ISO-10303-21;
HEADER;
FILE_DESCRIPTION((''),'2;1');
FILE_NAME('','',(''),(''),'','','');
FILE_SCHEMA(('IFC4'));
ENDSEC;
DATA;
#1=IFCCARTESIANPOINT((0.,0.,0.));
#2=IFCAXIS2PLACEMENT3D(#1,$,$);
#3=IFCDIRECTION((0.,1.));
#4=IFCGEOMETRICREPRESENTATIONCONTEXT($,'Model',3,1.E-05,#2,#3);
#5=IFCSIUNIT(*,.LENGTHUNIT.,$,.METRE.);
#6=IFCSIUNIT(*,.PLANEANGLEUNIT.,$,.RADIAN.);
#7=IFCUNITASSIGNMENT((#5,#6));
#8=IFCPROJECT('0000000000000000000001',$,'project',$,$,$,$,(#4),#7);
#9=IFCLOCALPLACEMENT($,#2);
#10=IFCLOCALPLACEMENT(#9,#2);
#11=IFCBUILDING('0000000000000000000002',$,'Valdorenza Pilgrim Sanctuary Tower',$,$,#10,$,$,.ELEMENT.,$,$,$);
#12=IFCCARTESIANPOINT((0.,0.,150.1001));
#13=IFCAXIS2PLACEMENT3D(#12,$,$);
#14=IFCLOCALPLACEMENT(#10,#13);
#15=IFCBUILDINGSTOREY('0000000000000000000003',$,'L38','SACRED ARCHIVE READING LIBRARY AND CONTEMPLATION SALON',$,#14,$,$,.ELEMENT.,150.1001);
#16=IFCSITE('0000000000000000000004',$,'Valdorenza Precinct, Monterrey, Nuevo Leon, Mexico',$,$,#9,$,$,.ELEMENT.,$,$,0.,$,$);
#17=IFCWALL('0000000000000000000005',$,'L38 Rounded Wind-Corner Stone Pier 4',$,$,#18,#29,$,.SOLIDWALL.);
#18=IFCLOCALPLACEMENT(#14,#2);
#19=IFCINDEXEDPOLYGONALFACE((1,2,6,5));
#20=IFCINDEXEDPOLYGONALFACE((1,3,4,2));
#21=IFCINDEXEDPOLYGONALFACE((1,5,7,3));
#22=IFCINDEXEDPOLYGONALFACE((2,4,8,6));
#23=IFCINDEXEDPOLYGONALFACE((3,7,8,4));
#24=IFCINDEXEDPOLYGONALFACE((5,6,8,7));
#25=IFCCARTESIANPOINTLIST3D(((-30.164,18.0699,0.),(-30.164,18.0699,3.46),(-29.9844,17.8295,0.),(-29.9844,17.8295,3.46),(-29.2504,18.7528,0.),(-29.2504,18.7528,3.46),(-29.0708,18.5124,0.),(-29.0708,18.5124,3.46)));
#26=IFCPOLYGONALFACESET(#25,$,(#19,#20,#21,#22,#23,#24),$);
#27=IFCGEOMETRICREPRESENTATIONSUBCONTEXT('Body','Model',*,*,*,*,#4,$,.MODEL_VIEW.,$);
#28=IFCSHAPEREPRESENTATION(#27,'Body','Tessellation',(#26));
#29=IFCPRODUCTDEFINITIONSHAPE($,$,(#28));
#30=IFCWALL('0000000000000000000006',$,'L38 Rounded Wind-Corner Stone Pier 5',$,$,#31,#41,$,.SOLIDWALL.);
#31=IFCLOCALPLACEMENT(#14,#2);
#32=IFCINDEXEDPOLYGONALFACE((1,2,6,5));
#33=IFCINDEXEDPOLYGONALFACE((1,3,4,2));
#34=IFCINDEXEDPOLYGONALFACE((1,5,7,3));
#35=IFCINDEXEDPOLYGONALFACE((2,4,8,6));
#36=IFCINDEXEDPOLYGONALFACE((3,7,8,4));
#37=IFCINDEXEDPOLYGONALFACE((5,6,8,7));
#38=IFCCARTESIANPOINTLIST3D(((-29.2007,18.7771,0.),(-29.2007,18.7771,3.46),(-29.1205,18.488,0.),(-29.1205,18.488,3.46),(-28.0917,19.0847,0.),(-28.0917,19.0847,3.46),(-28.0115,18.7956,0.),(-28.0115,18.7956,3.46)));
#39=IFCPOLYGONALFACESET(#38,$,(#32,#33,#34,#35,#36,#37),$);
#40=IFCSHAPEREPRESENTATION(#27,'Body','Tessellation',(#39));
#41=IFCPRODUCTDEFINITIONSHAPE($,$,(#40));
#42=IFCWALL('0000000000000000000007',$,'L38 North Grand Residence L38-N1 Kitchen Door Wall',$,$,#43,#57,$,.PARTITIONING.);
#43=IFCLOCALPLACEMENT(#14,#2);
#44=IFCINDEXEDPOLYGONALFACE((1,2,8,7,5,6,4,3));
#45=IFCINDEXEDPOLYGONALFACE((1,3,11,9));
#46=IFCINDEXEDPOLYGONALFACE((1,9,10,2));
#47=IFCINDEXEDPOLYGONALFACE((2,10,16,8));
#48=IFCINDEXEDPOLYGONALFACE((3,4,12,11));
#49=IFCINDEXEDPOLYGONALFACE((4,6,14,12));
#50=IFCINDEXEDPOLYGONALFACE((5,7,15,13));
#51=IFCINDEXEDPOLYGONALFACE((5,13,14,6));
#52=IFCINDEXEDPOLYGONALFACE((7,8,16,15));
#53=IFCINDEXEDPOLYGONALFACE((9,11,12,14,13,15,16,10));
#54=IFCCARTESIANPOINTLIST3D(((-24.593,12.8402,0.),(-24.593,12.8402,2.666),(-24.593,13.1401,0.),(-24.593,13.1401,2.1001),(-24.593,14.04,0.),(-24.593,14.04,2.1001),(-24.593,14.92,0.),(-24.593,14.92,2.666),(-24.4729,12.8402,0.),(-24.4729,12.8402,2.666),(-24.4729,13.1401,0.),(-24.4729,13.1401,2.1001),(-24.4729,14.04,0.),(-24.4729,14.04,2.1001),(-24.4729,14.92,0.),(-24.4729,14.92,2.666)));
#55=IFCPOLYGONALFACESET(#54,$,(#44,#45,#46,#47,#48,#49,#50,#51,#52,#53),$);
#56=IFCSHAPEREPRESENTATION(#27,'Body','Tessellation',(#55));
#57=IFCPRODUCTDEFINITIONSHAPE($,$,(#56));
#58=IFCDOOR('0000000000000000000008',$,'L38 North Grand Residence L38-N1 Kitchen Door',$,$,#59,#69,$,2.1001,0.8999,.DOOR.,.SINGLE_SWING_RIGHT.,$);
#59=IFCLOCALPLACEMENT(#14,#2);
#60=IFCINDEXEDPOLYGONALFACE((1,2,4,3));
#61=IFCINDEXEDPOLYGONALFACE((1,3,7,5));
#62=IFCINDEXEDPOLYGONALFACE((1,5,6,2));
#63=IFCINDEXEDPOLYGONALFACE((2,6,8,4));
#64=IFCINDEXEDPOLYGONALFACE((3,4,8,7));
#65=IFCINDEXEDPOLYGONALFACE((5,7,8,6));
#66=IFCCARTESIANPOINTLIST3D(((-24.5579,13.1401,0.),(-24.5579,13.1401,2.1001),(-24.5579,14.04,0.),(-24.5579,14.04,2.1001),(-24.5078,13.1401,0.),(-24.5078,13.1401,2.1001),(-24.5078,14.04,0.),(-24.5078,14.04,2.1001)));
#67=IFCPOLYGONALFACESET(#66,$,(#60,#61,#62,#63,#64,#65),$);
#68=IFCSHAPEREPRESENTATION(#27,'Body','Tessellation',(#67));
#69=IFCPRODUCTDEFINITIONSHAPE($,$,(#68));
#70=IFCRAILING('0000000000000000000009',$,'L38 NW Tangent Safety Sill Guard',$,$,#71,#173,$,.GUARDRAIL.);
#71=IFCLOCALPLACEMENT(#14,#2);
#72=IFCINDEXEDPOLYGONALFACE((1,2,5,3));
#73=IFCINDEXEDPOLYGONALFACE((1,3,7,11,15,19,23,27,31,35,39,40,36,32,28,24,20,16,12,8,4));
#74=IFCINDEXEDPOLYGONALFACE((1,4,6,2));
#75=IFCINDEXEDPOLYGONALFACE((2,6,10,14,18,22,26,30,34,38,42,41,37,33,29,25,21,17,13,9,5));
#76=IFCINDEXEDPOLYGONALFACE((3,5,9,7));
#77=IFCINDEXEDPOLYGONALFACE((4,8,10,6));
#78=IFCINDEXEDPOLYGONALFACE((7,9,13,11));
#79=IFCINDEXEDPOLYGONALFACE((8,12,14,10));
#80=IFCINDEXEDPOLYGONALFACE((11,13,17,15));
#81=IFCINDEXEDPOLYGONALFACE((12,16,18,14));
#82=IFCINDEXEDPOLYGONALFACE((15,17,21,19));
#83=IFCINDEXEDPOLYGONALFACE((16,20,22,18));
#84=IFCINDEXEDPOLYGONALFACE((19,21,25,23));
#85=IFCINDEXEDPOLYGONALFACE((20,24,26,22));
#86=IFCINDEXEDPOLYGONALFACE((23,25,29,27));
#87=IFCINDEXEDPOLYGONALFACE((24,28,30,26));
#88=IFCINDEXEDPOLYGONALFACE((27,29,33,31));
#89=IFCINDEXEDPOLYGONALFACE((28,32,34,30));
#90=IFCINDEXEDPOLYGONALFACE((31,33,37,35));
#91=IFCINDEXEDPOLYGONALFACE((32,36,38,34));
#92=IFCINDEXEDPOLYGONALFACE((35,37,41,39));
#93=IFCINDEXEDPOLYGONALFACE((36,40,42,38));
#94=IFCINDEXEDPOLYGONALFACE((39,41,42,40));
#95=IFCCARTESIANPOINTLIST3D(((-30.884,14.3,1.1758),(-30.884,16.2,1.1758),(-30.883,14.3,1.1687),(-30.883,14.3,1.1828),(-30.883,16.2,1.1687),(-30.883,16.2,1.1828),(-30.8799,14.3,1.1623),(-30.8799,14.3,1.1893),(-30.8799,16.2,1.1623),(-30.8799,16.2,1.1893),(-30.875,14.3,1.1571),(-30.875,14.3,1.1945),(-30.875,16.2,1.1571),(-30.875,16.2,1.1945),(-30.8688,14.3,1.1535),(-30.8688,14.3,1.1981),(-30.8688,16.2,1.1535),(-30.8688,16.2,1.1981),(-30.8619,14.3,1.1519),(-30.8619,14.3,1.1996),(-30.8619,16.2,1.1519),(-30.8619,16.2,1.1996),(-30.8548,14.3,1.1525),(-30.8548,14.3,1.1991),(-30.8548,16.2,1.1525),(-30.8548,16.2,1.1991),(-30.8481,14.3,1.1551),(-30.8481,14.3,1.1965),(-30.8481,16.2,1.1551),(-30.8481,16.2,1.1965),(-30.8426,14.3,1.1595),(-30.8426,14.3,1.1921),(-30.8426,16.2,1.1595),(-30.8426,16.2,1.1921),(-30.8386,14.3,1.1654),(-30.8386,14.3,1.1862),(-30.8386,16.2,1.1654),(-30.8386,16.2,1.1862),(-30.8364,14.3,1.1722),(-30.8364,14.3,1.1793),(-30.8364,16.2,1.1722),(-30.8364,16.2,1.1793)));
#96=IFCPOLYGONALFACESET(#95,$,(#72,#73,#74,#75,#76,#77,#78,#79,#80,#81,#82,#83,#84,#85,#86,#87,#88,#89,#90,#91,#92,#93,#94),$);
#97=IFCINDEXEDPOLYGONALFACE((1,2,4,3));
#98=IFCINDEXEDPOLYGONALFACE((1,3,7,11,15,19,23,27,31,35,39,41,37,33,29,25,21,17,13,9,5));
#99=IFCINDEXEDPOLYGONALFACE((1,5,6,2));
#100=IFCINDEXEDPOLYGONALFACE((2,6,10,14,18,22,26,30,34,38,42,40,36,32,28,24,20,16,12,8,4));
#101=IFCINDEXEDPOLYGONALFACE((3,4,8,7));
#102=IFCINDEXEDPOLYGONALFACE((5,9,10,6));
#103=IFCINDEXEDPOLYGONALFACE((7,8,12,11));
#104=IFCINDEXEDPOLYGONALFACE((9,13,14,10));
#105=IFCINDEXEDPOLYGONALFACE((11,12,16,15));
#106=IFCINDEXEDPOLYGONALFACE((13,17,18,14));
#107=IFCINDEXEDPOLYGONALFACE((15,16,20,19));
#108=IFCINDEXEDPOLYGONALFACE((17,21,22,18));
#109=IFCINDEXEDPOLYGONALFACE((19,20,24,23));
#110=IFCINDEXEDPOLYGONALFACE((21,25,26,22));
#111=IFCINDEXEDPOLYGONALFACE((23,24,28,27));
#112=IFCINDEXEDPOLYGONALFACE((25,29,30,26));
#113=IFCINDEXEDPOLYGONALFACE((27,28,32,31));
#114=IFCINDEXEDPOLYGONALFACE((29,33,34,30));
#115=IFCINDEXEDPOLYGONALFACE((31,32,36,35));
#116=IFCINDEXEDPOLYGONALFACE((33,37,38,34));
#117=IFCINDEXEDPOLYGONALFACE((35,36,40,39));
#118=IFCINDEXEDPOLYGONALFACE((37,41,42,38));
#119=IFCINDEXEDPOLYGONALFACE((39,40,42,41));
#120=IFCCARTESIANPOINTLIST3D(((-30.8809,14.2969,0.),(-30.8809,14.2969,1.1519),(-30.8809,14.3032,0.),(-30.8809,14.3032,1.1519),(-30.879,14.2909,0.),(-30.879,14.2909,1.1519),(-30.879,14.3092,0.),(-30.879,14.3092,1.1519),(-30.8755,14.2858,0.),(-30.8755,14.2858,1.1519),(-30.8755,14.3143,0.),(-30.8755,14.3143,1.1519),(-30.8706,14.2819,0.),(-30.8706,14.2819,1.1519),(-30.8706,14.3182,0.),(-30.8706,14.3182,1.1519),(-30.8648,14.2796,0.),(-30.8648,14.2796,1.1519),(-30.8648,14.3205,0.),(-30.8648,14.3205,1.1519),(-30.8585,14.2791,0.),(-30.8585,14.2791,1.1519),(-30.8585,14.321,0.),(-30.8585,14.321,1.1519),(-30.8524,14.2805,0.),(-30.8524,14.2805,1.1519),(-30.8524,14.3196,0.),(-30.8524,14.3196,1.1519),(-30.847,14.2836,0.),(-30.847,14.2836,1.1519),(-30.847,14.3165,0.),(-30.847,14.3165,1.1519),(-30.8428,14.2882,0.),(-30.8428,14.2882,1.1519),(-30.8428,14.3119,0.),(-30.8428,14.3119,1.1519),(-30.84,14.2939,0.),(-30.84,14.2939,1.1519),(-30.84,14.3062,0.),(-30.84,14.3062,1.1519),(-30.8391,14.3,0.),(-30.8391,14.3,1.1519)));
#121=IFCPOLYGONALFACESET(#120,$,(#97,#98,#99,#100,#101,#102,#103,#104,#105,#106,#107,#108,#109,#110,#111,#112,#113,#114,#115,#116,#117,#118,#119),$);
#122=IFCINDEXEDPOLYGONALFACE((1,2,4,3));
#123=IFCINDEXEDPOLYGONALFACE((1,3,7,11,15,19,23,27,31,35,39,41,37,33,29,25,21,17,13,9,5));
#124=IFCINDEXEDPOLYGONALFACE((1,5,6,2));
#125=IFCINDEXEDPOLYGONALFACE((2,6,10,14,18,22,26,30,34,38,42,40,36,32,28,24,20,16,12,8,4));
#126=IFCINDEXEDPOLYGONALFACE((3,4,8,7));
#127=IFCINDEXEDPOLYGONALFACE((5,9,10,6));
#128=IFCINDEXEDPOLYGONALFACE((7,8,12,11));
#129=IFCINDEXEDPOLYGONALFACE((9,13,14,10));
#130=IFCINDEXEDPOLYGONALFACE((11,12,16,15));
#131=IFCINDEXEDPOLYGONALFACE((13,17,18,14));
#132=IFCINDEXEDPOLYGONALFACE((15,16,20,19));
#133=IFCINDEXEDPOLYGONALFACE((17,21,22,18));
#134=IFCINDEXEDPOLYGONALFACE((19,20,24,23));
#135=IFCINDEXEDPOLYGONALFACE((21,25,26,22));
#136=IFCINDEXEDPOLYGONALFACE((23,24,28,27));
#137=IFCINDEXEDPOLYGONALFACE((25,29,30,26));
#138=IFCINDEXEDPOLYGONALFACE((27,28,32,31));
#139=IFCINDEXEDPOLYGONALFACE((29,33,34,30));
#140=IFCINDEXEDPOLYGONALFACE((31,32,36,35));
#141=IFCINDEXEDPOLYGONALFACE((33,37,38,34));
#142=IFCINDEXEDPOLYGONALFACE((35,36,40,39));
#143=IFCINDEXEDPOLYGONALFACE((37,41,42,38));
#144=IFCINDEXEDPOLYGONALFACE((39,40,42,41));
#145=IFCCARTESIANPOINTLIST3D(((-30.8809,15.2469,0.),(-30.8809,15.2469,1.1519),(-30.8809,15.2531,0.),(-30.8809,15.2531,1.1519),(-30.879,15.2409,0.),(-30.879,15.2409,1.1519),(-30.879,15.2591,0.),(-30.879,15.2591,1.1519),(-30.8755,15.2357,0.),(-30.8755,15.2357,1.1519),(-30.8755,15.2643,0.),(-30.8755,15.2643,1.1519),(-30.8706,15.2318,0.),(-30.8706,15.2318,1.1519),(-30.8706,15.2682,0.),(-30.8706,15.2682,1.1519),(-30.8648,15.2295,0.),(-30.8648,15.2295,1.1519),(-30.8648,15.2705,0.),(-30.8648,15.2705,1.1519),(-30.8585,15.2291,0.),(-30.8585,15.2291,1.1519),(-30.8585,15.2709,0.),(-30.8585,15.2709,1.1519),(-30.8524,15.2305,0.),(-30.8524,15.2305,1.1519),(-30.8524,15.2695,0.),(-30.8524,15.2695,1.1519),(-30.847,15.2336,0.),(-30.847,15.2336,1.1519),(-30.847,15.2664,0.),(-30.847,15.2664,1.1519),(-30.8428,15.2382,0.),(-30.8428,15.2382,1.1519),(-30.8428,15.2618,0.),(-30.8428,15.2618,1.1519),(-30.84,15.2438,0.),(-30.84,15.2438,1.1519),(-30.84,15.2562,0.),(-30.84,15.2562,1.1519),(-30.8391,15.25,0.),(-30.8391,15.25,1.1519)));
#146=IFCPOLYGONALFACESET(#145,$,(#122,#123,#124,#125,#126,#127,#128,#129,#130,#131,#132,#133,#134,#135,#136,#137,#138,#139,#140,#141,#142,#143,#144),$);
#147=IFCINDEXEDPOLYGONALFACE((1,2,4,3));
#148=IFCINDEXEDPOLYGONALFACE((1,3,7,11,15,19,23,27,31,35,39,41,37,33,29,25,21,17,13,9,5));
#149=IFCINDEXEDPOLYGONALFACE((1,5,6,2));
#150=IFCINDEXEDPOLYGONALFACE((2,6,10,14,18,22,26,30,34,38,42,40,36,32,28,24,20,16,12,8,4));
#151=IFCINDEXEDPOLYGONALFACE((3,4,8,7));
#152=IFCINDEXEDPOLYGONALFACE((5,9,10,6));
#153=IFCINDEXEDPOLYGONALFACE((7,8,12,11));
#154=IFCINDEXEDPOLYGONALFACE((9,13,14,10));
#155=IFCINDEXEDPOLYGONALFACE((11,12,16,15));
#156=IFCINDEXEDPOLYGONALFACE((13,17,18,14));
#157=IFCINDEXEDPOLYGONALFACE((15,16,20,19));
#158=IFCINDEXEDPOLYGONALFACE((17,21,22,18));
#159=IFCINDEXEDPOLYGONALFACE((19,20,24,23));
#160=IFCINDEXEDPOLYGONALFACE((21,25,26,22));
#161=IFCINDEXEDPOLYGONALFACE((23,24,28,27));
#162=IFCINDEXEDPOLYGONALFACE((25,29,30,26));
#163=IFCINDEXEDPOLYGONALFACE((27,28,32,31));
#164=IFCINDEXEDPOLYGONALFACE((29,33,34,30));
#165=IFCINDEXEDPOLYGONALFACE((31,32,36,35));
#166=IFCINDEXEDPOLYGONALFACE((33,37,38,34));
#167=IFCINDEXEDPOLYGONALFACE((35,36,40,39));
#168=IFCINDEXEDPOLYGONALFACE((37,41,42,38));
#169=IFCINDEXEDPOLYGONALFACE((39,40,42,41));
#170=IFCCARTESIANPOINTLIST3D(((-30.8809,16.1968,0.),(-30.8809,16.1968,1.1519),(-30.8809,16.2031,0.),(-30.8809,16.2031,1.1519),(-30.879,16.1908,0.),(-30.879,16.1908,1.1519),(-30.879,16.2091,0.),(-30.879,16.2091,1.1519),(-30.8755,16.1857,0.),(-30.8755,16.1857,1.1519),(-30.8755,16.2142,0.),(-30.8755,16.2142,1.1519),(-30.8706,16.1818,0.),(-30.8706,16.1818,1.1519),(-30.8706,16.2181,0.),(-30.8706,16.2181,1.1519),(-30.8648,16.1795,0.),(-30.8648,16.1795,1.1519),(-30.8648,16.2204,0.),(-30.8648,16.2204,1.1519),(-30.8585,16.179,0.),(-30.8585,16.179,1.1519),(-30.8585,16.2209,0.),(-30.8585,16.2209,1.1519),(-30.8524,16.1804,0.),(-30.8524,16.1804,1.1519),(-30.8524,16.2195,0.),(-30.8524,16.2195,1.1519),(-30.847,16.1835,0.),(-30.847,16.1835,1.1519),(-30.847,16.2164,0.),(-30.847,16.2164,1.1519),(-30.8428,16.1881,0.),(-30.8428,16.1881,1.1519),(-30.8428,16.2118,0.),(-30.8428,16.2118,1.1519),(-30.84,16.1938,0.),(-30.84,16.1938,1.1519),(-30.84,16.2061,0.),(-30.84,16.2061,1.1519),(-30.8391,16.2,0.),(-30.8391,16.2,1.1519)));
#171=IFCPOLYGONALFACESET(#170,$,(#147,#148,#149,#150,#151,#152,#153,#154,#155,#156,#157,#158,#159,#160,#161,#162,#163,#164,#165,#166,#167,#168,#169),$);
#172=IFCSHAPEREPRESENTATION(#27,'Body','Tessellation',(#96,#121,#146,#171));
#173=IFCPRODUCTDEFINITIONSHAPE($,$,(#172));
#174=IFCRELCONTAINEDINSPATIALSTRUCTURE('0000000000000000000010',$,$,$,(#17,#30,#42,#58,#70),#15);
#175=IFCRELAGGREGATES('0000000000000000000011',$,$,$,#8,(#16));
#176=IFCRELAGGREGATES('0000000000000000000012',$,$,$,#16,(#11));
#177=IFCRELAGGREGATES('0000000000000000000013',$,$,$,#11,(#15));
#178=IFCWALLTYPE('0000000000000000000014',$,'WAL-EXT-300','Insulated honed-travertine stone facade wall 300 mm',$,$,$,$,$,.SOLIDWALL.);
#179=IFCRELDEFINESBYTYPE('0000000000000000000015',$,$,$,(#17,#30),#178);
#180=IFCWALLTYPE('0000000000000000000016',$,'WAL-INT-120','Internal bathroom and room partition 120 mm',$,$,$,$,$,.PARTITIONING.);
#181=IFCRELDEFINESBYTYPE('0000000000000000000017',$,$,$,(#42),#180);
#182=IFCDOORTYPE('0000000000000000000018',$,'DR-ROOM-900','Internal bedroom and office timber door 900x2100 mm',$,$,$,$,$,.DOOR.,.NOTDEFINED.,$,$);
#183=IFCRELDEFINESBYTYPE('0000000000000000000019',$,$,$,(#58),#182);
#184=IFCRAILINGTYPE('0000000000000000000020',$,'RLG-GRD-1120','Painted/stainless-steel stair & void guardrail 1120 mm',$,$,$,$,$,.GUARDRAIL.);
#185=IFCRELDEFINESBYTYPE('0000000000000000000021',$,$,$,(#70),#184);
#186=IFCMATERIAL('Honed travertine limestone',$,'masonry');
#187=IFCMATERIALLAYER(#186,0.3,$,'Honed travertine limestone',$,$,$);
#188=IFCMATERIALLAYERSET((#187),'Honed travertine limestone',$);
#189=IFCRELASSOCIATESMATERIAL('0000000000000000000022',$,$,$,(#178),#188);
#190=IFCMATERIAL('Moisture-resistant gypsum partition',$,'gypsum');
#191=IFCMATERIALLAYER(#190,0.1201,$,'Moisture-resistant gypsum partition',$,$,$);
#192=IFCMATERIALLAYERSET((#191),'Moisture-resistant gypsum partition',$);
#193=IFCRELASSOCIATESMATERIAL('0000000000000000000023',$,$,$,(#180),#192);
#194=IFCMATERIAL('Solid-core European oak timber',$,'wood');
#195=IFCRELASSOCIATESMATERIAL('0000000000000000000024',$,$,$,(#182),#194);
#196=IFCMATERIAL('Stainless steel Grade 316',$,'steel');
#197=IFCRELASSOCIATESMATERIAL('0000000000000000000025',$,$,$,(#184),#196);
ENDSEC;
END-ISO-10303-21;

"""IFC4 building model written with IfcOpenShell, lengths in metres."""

from ifc_helpers import new_model, si_unit, direction, frame, frame_2d, origin, origin_2d, place, context, subcontext, project, spatial, rectangle, circle, extrude, material, layer, layer_set, type_object, element, fill, save


model = new_model("IFC4")

# Units and contexts
model_context = context("Model", 3, precision=1e-05, world=origin(), true_north=direction((0.0, 1.0)))
body_context = subcontext(model_context, "Body", "Model", "MODEL_VIEW")
ifc_project = project(units=[si_unit("LENGTHUNIT", "METRE"), si_unit("PLANEANGLEUNIT", "RADIAN")], contexts=[model_context])

# Site, building, storey
site_placement = place(None, origin())
site = spatial("IfcSite", under=ifc_project, at=site_placement, Name="Valdorenza Precinct, Monterrey, Nuevo Leon, Mexico", CompositionType="ELEMENT", RefElevation=0.0)
building_placement = place(site_placement, origin())
building = spatial("IfcBuilding", under=site, at=building_placement, Name="Valdorenza Pilgrim Sanctuary Tower", CompositionType="ELEMENT")
storey_placement = place(building_placement, frame((0.0, 0.0, 150.1001)))
storey = spatial("IfcBuildingStorey", under=building, at=storey_placement, Name="L38", Description="SACRED ARCHIVE READING LIBRARY AND CONTEMPLATION SALON", CompositionType="ELEMENT", Elevation=150.1001)

# Shared definitions
ifc_material_1 = material(Name="Honed travertine limestone", Category="masonry")

# Shared definitions
ifc_material_2 = material(Name="Solid-core European oak timber", Category="wood")

# Walls
ifc_layer_1 = layer(ifc_material_1, 0.3, Name="Honed travertine limestone")
ifc_layer_set_1 = layer_set([ifc_layer_1], Name="Honed travertine limestone")
wall_type_1 = type_object("IfcWallType", Name="WAL-EXT-300", Description="Insulated honed-travertine stone facade wall 300 mm", PredefinedType="SOLIDWALL", material=ifc_layer_set_1)
wall_1_placement = place(storey_placement, frame((-30.0742, 17.9497, 0.0), z_axis=(0.0, 0.0, 1.0), x_axis=(0.800975, 0.598698, 0.0)))
element("IfcWall", 1, at=wall_1_placement, inside=storey, type_object=wall_type_1, Name="L38 Rounded Wind-Corner Stone Pier 4", PredefinedType="SOLIDWALL", context=body_context, shape_type="SweptSolid", body=[
    extrude(rectangle(XDim=1.1406, YDim=0.3, at=frame_2d((0.5703, 0.0))), origin(), (0.0, 0.0, 1.0), 3.46),
])
wall_2_placement = place(storey_placement, frame((-29.1606, 18.6326, 0.0), z_axis=(0.0, 0.0, 1.0), x_axis=(0.963624, 0.267261, 0.0)))
element("IfcWall", 2, at=wall_2_placement, inside=storey, type_object=wall_type_1, Name="L38 Rounded Wind-Corner Stone Pier 5", PredefinedType="SOLIDWALL", context=body_context, shape_type="SweptSolid", body=[
    extrude(rectangle(XDim=1.1509, YDim=0.3, at=frame_2d((0.5754, 0.0))), origin(), (0.0, 0.0, 1.0), 3.46),
])

# Wall, opening, door
ifc_material_3 = material(Name="Moisture-resistant gypsum partition", Category="gypsum")
ifc_layer_2 = layer(ifc_material_3, 0.1201, Name="Moisture-resistant gypsum partition")
ifc_layer_set_2 = layer_set([ifc_layer_2], Name="Moisture-resistant gypsum partition")
wall_type_2 = type_object("IfcWallType", Name="WAL-INT-120", Description="Internal bathroom and room partition 120 mm", PredefinedType="PARTITIONING", material=ifc_layer_set_2)
wall_3_placement = place(storey_placement, frame((-24.533, 12.8401, 0.0), z_axis=(0.0, 0.0, 1.0), x_axis=(0.0, 1.0, 0.0)))
wall_3 = element("IfcWall", 3, at=wall_3_placement, inside=storey, type_object=wall_type_2, Name="L38 North Grand Residence L38-N1 Kitchen Door Wall", PredefinedType="PARTITIONING", context=body_context, shape_type="SweptSolid", body=[
    extrude(rectangle(XDim=2.0798, YDim=0.1201, at=frame_2d((1.04, 0.0))), origin(), (0.0, 0.0, 1.0), 2.666),
])
opening_1_placement = place(wall_3_placement, frame((0.3, 0.0, 0.0)))
opening_1 = element("IfcOpeningElement", 4, at=opening_1_placement, cuts=wall_3, PredefinedType="OPENING", context=body_context, shape_type="SweptSolid", body=[
    extrude(rectangle(XDim=0.8999, YDim=2.1001, at=frame_2d((0.45, 1.05))), frame((0.0, 0.075, 0.0), z_axis=(0.0, -1.0, 0.0), x_axis=(1.0, 0.0, 0.0)), (0.0, 0.0, 1.0), 0.1499),
])
door_type_1 = type_object("IfcDoorType", Name="DR-ROOM-900", Description="Internal bedroom and office timber door 900x2100 mm", OperationType="NOTDEFINED", PredefinedType="DOOR", material=ifc_material_2)
door_1_placement = place(opening_1_placement, origin())
door_1 = element("IfcDoor", 5, at=door_1_placement, inside=storey, type_object=door_type_1, Name="L38 North Grand Residence L38-N1 Kitchen Door", OperationType="SINGLE_SWING_RIGHT", OverallHeight=2.1001, OverallWidth=0.8999, PredefinedType="DOOR", context=body_context, shape_type="SweptSolid", body=[
    extrude(rectangle(XDim=0.8999, YDim=2.1001, at=frame_2d((0.45, 1.05))), frame((0.0, 0.0249, 0.0), z_axis=(0.0, -1.0, 0.0), x_axis=(1.0, 0.0, 0.0)), (0.0, 0.0, 1.0), 0.05),
])
fill(opening_1, door_1)

# Railing
ifc_material_4 = material(Name="Stainless steel Grade 316", Category="steel")
railing_type = type_object("IfcRailingType", Name="RLG-GRD-1120", Description="Painted/stainless-steel stair & void guardrail 1120 mm", PredefinedType="GUARDRAIL", material=ifc_material_4)
railing_placement = place(storey_placement, frame((-30.8601, 14.3, 0.0)))
element("IfcRailing", 6, at=railing_placement, inside=storey, type_object=railing_type, Name="L38 NW Tangent Safety Sill Guard", PredefinedType="GUARDRAIL", context=body_context, shape_type="SweptSolid", body=[
    extrude(circle(Radius=0.0239, at=origin_2d()), frame((0.0, 0.0, 1.1758), z_axis=(0.0, 1.0, 0.0), x_axis=(-1.0, 0.0, 0.0)), (0.0, 0.0, 1.0), 1.8999),
    extrude(circle(Radius=0.021, at=origin_2d()), origin(), (0.0, 0.0, 1.0), 1.1519),
    extrude(circle(Radius=0.021, at=origin_2d()), frame((0.0, 0.95, 0.0)), (0.0, 0.0, 1.0), 1.1519),
    extrude(circle(Radius=0.021, at=origin_2d()), frame((0.0, 1.8999, 0.0)), (0.0, 0.0, 1.0), 1.1519),
])

save(model, "model.ifc")
